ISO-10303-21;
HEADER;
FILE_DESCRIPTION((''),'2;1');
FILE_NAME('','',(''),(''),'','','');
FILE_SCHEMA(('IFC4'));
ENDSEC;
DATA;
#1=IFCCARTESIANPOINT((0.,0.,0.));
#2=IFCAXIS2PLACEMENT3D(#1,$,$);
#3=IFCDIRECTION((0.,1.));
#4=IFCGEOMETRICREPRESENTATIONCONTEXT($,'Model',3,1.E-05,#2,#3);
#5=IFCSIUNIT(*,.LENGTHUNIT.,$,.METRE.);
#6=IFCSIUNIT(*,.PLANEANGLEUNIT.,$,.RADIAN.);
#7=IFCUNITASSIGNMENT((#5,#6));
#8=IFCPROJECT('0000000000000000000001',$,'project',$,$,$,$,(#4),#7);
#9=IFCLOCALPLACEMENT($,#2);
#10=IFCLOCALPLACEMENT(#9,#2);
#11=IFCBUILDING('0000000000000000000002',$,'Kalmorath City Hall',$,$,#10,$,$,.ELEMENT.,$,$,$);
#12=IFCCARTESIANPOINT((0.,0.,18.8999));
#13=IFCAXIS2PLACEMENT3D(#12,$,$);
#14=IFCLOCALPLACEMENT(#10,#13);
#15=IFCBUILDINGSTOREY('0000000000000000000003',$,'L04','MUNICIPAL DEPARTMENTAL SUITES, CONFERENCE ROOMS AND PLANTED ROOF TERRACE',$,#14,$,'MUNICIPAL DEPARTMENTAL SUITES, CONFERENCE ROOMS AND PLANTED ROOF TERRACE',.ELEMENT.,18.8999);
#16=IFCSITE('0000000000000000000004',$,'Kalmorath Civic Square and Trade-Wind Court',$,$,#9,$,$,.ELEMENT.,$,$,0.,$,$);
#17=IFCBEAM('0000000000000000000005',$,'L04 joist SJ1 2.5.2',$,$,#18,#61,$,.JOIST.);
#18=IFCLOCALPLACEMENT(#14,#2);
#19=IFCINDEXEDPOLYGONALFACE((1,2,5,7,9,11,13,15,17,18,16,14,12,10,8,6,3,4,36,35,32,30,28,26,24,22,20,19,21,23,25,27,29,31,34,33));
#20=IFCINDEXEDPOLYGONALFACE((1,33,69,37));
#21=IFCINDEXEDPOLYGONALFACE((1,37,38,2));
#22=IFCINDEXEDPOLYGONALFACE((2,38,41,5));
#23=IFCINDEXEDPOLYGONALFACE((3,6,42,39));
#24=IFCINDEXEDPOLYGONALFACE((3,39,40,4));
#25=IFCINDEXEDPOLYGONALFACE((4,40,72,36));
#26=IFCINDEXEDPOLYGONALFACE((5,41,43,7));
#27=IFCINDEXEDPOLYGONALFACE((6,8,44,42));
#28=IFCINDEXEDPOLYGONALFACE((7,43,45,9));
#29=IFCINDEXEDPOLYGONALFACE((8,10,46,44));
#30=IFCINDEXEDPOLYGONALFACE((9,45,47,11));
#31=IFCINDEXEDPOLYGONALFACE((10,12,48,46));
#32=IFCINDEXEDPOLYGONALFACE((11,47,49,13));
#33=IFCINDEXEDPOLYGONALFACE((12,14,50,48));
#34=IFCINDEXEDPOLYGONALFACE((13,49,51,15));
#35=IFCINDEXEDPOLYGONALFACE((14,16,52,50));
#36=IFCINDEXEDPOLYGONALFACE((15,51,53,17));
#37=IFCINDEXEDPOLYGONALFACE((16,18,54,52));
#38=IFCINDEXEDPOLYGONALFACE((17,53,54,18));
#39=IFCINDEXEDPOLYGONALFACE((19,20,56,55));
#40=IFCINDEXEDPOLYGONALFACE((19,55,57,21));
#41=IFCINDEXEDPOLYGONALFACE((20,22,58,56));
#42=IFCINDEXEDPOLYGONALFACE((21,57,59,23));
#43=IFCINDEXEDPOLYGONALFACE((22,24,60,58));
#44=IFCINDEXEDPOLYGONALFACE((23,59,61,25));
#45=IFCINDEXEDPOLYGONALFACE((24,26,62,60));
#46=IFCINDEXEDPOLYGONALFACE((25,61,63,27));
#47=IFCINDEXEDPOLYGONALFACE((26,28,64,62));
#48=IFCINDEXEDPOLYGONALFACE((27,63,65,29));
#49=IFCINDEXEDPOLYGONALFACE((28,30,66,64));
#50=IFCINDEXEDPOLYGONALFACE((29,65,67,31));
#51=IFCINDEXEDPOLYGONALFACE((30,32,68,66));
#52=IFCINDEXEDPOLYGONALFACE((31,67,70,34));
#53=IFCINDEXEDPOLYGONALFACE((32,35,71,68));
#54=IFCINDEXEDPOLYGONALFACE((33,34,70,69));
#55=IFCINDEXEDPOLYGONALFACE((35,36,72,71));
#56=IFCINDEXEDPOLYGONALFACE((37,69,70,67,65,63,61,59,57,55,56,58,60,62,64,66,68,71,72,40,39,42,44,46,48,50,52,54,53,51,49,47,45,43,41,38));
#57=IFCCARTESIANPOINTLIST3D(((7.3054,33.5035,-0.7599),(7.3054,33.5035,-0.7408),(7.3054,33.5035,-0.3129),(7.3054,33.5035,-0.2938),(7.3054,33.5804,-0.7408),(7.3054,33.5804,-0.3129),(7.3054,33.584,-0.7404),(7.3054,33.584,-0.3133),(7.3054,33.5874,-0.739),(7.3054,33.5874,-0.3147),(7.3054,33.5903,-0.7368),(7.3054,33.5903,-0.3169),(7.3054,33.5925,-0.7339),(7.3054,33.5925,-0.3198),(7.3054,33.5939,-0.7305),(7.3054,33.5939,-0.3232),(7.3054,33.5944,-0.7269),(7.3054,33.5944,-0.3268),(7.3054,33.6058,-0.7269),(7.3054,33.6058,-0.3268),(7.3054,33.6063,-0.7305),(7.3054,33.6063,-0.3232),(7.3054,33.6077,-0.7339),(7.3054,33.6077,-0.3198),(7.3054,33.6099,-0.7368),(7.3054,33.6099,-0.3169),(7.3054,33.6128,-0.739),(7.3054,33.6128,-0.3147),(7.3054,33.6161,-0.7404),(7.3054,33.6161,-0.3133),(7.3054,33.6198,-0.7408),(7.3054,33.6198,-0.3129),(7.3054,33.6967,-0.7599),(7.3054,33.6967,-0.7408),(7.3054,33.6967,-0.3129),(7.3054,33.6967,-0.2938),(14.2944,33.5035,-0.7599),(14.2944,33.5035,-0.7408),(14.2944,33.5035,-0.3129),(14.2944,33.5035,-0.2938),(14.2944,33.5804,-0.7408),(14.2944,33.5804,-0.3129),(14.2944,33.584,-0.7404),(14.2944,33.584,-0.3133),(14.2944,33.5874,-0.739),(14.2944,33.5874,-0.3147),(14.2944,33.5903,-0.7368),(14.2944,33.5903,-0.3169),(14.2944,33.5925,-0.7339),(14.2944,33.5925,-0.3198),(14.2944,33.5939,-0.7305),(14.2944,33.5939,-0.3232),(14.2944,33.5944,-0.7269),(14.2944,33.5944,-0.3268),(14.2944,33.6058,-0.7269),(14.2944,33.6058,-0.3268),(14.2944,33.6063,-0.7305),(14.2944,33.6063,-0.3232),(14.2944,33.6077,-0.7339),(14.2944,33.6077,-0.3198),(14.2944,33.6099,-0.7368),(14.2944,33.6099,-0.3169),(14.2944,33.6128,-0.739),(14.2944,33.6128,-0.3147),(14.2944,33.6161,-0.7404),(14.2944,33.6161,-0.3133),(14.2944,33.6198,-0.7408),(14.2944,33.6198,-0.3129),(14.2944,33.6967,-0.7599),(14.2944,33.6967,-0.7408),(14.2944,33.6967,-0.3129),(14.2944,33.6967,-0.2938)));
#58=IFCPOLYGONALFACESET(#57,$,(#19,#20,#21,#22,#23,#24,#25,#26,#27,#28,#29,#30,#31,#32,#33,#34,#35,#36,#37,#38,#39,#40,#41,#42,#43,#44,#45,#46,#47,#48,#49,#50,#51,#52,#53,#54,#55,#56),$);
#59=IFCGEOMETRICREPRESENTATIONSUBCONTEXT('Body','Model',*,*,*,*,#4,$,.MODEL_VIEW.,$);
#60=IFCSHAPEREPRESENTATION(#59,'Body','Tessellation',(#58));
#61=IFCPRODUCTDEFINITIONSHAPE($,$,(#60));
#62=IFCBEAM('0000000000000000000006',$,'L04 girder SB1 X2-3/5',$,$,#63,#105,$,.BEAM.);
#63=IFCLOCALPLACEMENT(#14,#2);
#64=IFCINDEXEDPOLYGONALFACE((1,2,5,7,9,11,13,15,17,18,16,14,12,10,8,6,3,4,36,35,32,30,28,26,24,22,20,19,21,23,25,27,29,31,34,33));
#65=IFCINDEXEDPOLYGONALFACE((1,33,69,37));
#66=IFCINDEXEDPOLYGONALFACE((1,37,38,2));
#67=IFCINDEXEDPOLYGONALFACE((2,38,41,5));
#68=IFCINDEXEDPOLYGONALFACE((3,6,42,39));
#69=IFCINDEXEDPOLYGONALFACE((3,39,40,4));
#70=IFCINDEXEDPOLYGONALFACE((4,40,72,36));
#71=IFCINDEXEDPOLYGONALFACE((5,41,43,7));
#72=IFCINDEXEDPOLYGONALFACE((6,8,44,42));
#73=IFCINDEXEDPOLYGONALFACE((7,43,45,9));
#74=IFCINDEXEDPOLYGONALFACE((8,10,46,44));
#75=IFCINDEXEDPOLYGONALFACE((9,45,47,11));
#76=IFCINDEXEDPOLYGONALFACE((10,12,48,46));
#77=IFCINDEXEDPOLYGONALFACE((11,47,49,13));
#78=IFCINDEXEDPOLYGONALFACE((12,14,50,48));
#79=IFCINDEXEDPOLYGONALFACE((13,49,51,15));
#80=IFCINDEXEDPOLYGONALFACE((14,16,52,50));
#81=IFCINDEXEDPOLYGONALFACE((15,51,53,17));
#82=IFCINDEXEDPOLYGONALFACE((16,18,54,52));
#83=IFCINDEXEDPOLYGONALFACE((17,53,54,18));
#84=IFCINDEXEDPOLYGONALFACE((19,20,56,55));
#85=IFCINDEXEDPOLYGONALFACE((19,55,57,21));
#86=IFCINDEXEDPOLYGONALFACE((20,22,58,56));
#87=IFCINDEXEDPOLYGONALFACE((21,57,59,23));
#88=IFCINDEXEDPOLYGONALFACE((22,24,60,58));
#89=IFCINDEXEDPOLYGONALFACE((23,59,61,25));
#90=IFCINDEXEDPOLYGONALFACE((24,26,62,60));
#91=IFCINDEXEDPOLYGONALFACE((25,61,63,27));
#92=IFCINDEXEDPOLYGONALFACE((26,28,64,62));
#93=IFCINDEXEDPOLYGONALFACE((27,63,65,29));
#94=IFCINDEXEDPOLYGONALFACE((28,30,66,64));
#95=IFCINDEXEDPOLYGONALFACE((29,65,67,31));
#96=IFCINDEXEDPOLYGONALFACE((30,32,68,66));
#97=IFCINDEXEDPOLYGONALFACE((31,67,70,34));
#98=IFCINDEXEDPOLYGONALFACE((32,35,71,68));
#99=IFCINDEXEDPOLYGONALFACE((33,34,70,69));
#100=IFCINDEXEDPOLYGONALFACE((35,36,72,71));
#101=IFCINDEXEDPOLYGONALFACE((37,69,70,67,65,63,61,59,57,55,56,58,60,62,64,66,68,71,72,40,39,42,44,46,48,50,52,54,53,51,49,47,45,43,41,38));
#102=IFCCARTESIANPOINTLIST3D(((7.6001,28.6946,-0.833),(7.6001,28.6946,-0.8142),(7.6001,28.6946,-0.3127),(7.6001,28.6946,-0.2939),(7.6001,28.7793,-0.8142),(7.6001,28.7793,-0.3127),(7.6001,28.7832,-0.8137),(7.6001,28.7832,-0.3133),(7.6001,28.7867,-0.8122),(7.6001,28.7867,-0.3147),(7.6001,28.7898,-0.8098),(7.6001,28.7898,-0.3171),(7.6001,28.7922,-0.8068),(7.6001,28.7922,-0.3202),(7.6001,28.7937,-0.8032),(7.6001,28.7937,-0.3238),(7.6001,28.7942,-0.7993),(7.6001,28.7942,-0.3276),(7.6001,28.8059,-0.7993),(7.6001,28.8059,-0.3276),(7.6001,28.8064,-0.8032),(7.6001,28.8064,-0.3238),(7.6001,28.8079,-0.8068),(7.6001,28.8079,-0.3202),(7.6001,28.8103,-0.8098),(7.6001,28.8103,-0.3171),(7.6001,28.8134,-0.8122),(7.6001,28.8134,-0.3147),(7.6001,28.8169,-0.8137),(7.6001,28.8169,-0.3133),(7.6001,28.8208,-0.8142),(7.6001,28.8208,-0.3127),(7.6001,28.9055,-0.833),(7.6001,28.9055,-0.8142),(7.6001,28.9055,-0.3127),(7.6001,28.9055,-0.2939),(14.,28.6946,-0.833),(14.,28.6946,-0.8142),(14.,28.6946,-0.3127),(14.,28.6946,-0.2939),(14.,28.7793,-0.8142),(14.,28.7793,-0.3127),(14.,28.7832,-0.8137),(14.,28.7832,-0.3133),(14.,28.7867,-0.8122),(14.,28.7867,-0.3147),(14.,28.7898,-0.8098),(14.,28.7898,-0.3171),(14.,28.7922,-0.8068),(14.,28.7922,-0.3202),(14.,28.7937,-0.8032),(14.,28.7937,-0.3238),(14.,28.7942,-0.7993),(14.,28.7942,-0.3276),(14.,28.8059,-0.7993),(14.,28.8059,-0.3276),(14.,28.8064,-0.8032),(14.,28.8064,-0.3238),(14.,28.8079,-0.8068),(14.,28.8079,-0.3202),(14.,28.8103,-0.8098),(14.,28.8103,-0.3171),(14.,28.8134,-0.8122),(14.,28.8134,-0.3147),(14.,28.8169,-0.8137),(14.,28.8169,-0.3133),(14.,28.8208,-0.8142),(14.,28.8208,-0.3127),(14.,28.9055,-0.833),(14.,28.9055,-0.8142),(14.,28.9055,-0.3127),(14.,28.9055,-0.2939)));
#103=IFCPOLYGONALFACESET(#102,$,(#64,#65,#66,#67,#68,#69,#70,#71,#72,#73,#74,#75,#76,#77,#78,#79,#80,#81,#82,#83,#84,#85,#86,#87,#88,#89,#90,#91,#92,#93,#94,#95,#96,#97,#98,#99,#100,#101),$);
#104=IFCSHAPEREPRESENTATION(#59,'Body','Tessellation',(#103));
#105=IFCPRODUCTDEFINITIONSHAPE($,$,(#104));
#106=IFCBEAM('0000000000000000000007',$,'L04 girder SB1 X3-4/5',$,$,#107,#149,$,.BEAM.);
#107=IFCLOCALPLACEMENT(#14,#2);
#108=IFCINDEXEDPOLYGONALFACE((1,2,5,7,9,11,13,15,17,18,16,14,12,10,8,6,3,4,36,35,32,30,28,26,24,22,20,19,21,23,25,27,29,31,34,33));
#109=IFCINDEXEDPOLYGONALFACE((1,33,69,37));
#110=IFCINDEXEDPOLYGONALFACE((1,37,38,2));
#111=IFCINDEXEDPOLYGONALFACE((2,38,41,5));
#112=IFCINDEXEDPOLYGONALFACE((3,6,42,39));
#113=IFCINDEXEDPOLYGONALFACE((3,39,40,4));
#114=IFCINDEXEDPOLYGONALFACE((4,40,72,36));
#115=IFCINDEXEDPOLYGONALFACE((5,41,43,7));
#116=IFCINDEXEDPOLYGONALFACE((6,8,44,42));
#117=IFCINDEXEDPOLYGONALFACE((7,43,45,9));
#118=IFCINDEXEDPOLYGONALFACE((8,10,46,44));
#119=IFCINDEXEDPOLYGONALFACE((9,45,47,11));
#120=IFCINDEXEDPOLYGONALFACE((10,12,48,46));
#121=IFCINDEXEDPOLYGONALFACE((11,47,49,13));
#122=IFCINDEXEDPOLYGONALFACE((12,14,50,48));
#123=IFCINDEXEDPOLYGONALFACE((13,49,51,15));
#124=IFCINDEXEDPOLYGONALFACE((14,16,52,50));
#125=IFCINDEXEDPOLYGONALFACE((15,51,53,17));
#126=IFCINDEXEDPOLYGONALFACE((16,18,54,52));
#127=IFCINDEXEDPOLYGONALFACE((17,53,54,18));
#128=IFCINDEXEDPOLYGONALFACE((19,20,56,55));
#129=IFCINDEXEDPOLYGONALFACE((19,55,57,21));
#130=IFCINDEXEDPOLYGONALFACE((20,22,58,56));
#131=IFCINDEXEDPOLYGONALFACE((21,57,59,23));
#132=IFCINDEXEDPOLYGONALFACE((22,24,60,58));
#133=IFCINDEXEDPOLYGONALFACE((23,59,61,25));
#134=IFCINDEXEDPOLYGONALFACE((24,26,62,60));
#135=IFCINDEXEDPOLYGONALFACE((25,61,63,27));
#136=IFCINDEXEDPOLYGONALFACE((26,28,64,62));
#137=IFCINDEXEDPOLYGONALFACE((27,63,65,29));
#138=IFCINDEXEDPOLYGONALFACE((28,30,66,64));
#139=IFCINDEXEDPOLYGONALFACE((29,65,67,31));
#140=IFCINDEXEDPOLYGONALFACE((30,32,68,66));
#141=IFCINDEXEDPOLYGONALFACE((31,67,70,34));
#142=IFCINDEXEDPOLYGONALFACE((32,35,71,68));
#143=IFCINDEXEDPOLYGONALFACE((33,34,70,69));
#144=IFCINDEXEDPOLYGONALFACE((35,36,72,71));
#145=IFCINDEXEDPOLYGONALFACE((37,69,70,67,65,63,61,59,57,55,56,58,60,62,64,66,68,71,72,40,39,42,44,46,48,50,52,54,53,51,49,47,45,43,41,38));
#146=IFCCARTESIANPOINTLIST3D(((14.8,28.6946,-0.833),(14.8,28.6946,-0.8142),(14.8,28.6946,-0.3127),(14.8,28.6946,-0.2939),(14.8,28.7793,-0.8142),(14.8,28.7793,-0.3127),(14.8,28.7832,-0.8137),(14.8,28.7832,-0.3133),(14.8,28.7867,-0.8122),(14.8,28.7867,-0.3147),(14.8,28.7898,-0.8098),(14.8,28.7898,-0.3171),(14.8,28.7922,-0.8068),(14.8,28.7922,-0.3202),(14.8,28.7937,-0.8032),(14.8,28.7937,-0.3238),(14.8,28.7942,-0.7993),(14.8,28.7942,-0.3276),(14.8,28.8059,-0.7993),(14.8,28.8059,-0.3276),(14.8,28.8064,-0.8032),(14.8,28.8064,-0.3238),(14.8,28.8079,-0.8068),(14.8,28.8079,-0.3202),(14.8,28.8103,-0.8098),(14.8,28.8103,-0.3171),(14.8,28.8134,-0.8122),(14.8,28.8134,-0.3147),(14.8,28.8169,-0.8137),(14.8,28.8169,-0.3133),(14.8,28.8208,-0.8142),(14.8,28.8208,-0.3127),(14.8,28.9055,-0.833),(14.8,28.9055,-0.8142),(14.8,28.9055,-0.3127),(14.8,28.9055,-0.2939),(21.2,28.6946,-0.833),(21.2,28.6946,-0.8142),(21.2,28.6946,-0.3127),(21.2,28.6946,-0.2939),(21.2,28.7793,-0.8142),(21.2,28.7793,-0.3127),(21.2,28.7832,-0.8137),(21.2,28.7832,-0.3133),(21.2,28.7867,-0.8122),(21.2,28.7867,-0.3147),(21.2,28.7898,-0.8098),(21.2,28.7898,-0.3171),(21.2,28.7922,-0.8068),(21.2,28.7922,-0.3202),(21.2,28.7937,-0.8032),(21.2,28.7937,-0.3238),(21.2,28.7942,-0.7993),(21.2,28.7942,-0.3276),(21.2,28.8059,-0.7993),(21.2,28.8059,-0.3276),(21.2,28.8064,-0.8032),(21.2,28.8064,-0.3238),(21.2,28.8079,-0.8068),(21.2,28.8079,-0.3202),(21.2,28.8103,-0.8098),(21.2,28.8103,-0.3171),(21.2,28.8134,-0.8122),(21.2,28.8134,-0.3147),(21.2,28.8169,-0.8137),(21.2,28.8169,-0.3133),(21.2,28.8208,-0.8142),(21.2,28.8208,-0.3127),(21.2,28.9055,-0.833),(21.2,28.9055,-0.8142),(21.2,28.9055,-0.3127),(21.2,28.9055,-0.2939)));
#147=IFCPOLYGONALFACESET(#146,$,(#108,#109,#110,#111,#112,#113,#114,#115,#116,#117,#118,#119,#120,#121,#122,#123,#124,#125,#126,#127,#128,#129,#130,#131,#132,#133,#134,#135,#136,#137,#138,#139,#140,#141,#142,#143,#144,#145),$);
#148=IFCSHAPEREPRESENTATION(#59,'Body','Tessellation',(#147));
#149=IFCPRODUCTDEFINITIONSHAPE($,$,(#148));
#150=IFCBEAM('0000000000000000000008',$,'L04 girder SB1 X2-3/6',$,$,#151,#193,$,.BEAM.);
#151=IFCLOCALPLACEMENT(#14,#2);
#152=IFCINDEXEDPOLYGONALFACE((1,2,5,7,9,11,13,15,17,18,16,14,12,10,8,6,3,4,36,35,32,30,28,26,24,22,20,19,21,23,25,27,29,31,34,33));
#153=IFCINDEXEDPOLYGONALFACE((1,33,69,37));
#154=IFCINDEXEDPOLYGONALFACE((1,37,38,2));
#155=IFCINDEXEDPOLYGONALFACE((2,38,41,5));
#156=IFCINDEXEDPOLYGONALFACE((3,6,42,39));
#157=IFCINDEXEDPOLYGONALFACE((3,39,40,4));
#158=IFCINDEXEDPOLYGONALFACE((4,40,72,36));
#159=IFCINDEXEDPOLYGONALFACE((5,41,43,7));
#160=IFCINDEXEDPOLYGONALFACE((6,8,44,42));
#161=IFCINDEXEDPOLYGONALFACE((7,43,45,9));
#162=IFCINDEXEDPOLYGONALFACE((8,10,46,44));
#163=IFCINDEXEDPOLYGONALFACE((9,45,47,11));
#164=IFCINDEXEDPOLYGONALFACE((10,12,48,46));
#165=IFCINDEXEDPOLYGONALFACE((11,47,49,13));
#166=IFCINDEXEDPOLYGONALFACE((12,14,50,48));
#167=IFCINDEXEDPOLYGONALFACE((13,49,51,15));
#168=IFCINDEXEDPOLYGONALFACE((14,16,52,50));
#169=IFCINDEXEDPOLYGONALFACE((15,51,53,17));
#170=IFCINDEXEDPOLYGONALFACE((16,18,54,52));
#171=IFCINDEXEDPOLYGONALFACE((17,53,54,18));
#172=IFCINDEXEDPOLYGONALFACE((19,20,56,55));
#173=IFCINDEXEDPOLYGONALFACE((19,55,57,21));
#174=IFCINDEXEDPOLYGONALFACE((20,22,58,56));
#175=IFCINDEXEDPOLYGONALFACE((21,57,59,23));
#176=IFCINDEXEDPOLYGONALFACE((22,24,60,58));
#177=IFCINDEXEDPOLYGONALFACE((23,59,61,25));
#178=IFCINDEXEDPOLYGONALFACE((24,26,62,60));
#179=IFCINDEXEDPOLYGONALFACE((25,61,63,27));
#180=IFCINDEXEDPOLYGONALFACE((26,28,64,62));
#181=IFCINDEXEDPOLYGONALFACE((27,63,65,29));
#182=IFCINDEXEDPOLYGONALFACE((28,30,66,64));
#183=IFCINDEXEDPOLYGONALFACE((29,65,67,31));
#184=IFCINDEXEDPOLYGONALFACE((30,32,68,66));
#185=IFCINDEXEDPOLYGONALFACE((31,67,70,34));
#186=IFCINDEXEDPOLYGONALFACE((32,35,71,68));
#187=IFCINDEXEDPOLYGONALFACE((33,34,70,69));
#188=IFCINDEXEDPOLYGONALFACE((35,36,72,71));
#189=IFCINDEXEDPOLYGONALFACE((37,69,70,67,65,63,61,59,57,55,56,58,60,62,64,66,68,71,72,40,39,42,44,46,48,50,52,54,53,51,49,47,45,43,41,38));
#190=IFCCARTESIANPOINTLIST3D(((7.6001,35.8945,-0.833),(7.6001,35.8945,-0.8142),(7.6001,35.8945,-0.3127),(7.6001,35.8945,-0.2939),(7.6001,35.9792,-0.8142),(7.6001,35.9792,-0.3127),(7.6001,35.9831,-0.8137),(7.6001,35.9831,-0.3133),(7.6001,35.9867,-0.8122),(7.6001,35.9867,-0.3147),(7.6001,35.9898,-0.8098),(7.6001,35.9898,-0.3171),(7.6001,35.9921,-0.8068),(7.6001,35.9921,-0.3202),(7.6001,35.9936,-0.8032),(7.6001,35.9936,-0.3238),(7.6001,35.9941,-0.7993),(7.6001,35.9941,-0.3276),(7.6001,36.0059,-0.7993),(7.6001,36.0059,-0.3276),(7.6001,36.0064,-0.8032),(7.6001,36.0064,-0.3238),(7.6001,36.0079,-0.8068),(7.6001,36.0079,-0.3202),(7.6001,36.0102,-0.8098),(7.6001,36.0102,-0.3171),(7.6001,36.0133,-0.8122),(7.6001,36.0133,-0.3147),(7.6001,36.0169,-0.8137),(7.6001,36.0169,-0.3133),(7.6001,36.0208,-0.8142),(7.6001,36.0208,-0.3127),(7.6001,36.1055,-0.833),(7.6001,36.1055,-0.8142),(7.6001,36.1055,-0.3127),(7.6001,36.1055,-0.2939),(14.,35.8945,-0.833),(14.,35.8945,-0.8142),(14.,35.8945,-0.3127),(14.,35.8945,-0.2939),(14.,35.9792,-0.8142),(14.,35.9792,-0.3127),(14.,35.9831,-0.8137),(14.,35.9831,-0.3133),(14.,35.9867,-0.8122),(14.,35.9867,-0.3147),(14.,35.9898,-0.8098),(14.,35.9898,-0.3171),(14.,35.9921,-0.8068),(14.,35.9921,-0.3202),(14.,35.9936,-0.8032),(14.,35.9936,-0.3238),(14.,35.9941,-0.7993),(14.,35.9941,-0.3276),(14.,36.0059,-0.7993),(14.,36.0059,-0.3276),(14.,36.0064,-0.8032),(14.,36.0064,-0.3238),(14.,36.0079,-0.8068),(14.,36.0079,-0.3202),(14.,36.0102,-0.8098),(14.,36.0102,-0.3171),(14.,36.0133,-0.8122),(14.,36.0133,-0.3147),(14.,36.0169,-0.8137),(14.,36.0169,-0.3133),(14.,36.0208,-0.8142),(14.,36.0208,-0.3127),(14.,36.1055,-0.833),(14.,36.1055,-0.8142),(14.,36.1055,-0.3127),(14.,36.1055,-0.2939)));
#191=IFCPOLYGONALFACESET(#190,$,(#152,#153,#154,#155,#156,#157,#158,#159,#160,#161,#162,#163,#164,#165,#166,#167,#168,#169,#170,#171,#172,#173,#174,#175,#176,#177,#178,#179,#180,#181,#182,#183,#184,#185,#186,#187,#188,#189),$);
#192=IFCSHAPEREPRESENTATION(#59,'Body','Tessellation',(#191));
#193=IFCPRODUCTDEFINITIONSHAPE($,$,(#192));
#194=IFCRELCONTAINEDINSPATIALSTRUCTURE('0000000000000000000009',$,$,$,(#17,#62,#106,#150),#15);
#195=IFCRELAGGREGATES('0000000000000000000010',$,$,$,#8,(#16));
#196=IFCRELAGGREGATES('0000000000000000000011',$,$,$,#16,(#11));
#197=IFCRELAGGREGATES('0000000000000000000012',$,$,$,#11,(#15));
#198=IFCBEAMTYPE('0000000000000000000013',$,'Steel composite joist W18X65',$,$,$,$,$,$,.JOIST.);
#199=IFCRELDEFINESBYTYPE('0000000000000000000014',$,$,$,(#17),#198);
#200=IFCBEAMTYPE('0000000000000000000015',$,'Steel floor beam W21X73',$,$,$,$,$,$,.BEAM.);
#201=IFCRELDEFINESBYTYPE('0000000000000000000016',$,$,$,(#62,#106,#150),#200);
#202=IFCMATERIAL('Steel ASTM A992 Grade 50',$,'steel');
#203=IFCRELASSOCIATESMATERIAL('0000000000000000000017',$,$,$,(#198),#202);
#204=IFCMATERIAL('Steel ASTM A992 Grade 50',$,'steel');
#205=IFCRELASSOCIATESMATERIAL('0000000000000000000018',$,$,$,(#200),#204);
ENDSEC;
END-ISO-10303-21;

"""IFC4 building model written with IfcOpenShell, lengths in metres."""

from ifc_helpers import new_model, si_unit, direction, frame, origin, origin_2d, place, context, subcontext, project, spatial, i_section, extrude, material, material_profile, profile_set, type_object, element, save


model = new_model("IFC4")

# Units and contexts
model_context = context("Model", 3, precision=1e-05, world=origin(), true_north=direction((0.0, 1.0)))
body_context = subcontext(model_context, "Body", "Model", "MODEL_VIEW")
ifc_project = project(units=[si_unit("LENGTHUNIT", "METRE"), si_unit("PLANEANGLEUNIT", "RADIAN")], contexts=[model_context])

# Site, building, storey
site_placement = place(None, origin())
site = spatial("IfcSite", under=ifc_project, at=site_placement, Name="Kalmorath Civic Square and Trade-Wind Court", CompositionType="ELEMENT", RefElevation=0.0)
building_placement = place(site_placement, origin())
building = spatial("IfcBuilding", under=site, at=building_placement, Name="Kalmorath City Hall", CompositionType="ELEMENT")
storey_placement = place(building_placement, frame((0.0, 0.0, 18.8999)))
storey = spatial("IfcBuildingStorey", under=building, at=storey_placement, Name="L04", Description="MUNICIPAL DEPARTMENTAL SUITES, CONFERENCE ROOMS AND PLANTED ROOF TERRACE", LongName="MUNICIPAL DEPARTMENTAL SUITES, CONFERENCE ROOMS AND PLANTED ROOF TERRACE", CompositionType="ELEMENT", Elevation=18.8999)

# Beams
ifc_material_1 = material(Name="Steel ASTM A992 Grade 50", Category="steel")
ifc_material_profile_1 = material_profile(ifc_material_1, i_section(OverallWidth=0.1931, OverallDepth=0.4661, WebThickness=0.0115, FlangeThickness=0.019, FilletRadius=0.0139, at=origin_2d()), Name="W18X65")
ifc_profile_set_1 = profile_set([ifc_material_profile_1], Name="Steel ASTM A992 Grade 50")
beam_type_1 = type_object("IfcBeamType", Name="Steel composite joist W18X65", PredefinedType="JOIST", material=ifc_profile_set_1)
for number, where, z_axis, x_axis, name in (
    (1, (7.3054, 33.6001, -0.5269), (1.0, 0.0, 0.0), (0.0, 1.0, 0.0), "L04 joist SJ1 2.5.2"),
):
    element("IfcBeam", number, at=place(storey_placement, frame(where, z_axis=z_axis, x_axis=x_axis)), inside=storey, type_object=beam_type_1, Name=name, PredefinedType="JOIST", context=body_context, shape_type="SweptSolid", body=[
        extrude(i_section(OverallWidth=0.1931, OverallDepth=0.4661, WebThickness=0.0115, FlangeThickness=0.019, FilletRadius=0.0139, at=origin_2d()), origin(), (0.0, 0.0, 1.0), 6.989),
    ])
ifc_material_2 = material(Name="Steel ASTM A992 Grade 50", Category="steel")
ifc_material_profile_2 = material_profile(ifc_material_2, i_section(OverallWidth=0.2109, OverallDepth=0.5391, WebThickness=0.0117, FlangeThickness=0.0188, FilletRadius=0.0149, at=origin_2d()), Name="W21X73")
ifc_profile_set_2 = profile_set([ifc_material_profile_2], Name="Steel ASTM A992 Grade 50")
beam_type_2 = type_object("IfcBeamType", Name="Steel floor beam W21X73", PredefinedType="BEAM", material=ifc_profile_set_2)
for number, where, z_axis, x_axis, name in (
    (2, (7.6001, 28.8, -0.5635), (1.0, 0.0, 0.0), (0.0, 1.0, 0.0), "L04 girder SB1 X2-3/5"),
    (3, (14.8, 28.8, -0.5635), (1.0, 0.0, 0.0), (0.0, 1.0, 0.0), "L04 girder SB1 X3-4/5"),
    (4, (7.6001, 36.0, -0.5635), (1.0, 0.0, 0.0), (0.0, 1.0, 0.0), "L04 girder SB1 X2-3/6"),
):
    element("IfcBeam", number, at=place(storey_placement, frame(where, z_axis=z_axis, x_axis=x_axis)), inside=storey, type_object=beam_type_2, Name=name, PredefinedType="BEAM", context=body_context, shape_type="SweptSolid", body=[
        extrude(i_section(OverallWidth=0.2109, OverallDepth=0.5391, WebThickness=0.0117, FlangeThickness=0.0188, FilletRadius=0.0149, at=origin_2d()), origin(), (0.0, 0.0, 1.0), 6.3999),
    ])

save(model, "model.ifc")
